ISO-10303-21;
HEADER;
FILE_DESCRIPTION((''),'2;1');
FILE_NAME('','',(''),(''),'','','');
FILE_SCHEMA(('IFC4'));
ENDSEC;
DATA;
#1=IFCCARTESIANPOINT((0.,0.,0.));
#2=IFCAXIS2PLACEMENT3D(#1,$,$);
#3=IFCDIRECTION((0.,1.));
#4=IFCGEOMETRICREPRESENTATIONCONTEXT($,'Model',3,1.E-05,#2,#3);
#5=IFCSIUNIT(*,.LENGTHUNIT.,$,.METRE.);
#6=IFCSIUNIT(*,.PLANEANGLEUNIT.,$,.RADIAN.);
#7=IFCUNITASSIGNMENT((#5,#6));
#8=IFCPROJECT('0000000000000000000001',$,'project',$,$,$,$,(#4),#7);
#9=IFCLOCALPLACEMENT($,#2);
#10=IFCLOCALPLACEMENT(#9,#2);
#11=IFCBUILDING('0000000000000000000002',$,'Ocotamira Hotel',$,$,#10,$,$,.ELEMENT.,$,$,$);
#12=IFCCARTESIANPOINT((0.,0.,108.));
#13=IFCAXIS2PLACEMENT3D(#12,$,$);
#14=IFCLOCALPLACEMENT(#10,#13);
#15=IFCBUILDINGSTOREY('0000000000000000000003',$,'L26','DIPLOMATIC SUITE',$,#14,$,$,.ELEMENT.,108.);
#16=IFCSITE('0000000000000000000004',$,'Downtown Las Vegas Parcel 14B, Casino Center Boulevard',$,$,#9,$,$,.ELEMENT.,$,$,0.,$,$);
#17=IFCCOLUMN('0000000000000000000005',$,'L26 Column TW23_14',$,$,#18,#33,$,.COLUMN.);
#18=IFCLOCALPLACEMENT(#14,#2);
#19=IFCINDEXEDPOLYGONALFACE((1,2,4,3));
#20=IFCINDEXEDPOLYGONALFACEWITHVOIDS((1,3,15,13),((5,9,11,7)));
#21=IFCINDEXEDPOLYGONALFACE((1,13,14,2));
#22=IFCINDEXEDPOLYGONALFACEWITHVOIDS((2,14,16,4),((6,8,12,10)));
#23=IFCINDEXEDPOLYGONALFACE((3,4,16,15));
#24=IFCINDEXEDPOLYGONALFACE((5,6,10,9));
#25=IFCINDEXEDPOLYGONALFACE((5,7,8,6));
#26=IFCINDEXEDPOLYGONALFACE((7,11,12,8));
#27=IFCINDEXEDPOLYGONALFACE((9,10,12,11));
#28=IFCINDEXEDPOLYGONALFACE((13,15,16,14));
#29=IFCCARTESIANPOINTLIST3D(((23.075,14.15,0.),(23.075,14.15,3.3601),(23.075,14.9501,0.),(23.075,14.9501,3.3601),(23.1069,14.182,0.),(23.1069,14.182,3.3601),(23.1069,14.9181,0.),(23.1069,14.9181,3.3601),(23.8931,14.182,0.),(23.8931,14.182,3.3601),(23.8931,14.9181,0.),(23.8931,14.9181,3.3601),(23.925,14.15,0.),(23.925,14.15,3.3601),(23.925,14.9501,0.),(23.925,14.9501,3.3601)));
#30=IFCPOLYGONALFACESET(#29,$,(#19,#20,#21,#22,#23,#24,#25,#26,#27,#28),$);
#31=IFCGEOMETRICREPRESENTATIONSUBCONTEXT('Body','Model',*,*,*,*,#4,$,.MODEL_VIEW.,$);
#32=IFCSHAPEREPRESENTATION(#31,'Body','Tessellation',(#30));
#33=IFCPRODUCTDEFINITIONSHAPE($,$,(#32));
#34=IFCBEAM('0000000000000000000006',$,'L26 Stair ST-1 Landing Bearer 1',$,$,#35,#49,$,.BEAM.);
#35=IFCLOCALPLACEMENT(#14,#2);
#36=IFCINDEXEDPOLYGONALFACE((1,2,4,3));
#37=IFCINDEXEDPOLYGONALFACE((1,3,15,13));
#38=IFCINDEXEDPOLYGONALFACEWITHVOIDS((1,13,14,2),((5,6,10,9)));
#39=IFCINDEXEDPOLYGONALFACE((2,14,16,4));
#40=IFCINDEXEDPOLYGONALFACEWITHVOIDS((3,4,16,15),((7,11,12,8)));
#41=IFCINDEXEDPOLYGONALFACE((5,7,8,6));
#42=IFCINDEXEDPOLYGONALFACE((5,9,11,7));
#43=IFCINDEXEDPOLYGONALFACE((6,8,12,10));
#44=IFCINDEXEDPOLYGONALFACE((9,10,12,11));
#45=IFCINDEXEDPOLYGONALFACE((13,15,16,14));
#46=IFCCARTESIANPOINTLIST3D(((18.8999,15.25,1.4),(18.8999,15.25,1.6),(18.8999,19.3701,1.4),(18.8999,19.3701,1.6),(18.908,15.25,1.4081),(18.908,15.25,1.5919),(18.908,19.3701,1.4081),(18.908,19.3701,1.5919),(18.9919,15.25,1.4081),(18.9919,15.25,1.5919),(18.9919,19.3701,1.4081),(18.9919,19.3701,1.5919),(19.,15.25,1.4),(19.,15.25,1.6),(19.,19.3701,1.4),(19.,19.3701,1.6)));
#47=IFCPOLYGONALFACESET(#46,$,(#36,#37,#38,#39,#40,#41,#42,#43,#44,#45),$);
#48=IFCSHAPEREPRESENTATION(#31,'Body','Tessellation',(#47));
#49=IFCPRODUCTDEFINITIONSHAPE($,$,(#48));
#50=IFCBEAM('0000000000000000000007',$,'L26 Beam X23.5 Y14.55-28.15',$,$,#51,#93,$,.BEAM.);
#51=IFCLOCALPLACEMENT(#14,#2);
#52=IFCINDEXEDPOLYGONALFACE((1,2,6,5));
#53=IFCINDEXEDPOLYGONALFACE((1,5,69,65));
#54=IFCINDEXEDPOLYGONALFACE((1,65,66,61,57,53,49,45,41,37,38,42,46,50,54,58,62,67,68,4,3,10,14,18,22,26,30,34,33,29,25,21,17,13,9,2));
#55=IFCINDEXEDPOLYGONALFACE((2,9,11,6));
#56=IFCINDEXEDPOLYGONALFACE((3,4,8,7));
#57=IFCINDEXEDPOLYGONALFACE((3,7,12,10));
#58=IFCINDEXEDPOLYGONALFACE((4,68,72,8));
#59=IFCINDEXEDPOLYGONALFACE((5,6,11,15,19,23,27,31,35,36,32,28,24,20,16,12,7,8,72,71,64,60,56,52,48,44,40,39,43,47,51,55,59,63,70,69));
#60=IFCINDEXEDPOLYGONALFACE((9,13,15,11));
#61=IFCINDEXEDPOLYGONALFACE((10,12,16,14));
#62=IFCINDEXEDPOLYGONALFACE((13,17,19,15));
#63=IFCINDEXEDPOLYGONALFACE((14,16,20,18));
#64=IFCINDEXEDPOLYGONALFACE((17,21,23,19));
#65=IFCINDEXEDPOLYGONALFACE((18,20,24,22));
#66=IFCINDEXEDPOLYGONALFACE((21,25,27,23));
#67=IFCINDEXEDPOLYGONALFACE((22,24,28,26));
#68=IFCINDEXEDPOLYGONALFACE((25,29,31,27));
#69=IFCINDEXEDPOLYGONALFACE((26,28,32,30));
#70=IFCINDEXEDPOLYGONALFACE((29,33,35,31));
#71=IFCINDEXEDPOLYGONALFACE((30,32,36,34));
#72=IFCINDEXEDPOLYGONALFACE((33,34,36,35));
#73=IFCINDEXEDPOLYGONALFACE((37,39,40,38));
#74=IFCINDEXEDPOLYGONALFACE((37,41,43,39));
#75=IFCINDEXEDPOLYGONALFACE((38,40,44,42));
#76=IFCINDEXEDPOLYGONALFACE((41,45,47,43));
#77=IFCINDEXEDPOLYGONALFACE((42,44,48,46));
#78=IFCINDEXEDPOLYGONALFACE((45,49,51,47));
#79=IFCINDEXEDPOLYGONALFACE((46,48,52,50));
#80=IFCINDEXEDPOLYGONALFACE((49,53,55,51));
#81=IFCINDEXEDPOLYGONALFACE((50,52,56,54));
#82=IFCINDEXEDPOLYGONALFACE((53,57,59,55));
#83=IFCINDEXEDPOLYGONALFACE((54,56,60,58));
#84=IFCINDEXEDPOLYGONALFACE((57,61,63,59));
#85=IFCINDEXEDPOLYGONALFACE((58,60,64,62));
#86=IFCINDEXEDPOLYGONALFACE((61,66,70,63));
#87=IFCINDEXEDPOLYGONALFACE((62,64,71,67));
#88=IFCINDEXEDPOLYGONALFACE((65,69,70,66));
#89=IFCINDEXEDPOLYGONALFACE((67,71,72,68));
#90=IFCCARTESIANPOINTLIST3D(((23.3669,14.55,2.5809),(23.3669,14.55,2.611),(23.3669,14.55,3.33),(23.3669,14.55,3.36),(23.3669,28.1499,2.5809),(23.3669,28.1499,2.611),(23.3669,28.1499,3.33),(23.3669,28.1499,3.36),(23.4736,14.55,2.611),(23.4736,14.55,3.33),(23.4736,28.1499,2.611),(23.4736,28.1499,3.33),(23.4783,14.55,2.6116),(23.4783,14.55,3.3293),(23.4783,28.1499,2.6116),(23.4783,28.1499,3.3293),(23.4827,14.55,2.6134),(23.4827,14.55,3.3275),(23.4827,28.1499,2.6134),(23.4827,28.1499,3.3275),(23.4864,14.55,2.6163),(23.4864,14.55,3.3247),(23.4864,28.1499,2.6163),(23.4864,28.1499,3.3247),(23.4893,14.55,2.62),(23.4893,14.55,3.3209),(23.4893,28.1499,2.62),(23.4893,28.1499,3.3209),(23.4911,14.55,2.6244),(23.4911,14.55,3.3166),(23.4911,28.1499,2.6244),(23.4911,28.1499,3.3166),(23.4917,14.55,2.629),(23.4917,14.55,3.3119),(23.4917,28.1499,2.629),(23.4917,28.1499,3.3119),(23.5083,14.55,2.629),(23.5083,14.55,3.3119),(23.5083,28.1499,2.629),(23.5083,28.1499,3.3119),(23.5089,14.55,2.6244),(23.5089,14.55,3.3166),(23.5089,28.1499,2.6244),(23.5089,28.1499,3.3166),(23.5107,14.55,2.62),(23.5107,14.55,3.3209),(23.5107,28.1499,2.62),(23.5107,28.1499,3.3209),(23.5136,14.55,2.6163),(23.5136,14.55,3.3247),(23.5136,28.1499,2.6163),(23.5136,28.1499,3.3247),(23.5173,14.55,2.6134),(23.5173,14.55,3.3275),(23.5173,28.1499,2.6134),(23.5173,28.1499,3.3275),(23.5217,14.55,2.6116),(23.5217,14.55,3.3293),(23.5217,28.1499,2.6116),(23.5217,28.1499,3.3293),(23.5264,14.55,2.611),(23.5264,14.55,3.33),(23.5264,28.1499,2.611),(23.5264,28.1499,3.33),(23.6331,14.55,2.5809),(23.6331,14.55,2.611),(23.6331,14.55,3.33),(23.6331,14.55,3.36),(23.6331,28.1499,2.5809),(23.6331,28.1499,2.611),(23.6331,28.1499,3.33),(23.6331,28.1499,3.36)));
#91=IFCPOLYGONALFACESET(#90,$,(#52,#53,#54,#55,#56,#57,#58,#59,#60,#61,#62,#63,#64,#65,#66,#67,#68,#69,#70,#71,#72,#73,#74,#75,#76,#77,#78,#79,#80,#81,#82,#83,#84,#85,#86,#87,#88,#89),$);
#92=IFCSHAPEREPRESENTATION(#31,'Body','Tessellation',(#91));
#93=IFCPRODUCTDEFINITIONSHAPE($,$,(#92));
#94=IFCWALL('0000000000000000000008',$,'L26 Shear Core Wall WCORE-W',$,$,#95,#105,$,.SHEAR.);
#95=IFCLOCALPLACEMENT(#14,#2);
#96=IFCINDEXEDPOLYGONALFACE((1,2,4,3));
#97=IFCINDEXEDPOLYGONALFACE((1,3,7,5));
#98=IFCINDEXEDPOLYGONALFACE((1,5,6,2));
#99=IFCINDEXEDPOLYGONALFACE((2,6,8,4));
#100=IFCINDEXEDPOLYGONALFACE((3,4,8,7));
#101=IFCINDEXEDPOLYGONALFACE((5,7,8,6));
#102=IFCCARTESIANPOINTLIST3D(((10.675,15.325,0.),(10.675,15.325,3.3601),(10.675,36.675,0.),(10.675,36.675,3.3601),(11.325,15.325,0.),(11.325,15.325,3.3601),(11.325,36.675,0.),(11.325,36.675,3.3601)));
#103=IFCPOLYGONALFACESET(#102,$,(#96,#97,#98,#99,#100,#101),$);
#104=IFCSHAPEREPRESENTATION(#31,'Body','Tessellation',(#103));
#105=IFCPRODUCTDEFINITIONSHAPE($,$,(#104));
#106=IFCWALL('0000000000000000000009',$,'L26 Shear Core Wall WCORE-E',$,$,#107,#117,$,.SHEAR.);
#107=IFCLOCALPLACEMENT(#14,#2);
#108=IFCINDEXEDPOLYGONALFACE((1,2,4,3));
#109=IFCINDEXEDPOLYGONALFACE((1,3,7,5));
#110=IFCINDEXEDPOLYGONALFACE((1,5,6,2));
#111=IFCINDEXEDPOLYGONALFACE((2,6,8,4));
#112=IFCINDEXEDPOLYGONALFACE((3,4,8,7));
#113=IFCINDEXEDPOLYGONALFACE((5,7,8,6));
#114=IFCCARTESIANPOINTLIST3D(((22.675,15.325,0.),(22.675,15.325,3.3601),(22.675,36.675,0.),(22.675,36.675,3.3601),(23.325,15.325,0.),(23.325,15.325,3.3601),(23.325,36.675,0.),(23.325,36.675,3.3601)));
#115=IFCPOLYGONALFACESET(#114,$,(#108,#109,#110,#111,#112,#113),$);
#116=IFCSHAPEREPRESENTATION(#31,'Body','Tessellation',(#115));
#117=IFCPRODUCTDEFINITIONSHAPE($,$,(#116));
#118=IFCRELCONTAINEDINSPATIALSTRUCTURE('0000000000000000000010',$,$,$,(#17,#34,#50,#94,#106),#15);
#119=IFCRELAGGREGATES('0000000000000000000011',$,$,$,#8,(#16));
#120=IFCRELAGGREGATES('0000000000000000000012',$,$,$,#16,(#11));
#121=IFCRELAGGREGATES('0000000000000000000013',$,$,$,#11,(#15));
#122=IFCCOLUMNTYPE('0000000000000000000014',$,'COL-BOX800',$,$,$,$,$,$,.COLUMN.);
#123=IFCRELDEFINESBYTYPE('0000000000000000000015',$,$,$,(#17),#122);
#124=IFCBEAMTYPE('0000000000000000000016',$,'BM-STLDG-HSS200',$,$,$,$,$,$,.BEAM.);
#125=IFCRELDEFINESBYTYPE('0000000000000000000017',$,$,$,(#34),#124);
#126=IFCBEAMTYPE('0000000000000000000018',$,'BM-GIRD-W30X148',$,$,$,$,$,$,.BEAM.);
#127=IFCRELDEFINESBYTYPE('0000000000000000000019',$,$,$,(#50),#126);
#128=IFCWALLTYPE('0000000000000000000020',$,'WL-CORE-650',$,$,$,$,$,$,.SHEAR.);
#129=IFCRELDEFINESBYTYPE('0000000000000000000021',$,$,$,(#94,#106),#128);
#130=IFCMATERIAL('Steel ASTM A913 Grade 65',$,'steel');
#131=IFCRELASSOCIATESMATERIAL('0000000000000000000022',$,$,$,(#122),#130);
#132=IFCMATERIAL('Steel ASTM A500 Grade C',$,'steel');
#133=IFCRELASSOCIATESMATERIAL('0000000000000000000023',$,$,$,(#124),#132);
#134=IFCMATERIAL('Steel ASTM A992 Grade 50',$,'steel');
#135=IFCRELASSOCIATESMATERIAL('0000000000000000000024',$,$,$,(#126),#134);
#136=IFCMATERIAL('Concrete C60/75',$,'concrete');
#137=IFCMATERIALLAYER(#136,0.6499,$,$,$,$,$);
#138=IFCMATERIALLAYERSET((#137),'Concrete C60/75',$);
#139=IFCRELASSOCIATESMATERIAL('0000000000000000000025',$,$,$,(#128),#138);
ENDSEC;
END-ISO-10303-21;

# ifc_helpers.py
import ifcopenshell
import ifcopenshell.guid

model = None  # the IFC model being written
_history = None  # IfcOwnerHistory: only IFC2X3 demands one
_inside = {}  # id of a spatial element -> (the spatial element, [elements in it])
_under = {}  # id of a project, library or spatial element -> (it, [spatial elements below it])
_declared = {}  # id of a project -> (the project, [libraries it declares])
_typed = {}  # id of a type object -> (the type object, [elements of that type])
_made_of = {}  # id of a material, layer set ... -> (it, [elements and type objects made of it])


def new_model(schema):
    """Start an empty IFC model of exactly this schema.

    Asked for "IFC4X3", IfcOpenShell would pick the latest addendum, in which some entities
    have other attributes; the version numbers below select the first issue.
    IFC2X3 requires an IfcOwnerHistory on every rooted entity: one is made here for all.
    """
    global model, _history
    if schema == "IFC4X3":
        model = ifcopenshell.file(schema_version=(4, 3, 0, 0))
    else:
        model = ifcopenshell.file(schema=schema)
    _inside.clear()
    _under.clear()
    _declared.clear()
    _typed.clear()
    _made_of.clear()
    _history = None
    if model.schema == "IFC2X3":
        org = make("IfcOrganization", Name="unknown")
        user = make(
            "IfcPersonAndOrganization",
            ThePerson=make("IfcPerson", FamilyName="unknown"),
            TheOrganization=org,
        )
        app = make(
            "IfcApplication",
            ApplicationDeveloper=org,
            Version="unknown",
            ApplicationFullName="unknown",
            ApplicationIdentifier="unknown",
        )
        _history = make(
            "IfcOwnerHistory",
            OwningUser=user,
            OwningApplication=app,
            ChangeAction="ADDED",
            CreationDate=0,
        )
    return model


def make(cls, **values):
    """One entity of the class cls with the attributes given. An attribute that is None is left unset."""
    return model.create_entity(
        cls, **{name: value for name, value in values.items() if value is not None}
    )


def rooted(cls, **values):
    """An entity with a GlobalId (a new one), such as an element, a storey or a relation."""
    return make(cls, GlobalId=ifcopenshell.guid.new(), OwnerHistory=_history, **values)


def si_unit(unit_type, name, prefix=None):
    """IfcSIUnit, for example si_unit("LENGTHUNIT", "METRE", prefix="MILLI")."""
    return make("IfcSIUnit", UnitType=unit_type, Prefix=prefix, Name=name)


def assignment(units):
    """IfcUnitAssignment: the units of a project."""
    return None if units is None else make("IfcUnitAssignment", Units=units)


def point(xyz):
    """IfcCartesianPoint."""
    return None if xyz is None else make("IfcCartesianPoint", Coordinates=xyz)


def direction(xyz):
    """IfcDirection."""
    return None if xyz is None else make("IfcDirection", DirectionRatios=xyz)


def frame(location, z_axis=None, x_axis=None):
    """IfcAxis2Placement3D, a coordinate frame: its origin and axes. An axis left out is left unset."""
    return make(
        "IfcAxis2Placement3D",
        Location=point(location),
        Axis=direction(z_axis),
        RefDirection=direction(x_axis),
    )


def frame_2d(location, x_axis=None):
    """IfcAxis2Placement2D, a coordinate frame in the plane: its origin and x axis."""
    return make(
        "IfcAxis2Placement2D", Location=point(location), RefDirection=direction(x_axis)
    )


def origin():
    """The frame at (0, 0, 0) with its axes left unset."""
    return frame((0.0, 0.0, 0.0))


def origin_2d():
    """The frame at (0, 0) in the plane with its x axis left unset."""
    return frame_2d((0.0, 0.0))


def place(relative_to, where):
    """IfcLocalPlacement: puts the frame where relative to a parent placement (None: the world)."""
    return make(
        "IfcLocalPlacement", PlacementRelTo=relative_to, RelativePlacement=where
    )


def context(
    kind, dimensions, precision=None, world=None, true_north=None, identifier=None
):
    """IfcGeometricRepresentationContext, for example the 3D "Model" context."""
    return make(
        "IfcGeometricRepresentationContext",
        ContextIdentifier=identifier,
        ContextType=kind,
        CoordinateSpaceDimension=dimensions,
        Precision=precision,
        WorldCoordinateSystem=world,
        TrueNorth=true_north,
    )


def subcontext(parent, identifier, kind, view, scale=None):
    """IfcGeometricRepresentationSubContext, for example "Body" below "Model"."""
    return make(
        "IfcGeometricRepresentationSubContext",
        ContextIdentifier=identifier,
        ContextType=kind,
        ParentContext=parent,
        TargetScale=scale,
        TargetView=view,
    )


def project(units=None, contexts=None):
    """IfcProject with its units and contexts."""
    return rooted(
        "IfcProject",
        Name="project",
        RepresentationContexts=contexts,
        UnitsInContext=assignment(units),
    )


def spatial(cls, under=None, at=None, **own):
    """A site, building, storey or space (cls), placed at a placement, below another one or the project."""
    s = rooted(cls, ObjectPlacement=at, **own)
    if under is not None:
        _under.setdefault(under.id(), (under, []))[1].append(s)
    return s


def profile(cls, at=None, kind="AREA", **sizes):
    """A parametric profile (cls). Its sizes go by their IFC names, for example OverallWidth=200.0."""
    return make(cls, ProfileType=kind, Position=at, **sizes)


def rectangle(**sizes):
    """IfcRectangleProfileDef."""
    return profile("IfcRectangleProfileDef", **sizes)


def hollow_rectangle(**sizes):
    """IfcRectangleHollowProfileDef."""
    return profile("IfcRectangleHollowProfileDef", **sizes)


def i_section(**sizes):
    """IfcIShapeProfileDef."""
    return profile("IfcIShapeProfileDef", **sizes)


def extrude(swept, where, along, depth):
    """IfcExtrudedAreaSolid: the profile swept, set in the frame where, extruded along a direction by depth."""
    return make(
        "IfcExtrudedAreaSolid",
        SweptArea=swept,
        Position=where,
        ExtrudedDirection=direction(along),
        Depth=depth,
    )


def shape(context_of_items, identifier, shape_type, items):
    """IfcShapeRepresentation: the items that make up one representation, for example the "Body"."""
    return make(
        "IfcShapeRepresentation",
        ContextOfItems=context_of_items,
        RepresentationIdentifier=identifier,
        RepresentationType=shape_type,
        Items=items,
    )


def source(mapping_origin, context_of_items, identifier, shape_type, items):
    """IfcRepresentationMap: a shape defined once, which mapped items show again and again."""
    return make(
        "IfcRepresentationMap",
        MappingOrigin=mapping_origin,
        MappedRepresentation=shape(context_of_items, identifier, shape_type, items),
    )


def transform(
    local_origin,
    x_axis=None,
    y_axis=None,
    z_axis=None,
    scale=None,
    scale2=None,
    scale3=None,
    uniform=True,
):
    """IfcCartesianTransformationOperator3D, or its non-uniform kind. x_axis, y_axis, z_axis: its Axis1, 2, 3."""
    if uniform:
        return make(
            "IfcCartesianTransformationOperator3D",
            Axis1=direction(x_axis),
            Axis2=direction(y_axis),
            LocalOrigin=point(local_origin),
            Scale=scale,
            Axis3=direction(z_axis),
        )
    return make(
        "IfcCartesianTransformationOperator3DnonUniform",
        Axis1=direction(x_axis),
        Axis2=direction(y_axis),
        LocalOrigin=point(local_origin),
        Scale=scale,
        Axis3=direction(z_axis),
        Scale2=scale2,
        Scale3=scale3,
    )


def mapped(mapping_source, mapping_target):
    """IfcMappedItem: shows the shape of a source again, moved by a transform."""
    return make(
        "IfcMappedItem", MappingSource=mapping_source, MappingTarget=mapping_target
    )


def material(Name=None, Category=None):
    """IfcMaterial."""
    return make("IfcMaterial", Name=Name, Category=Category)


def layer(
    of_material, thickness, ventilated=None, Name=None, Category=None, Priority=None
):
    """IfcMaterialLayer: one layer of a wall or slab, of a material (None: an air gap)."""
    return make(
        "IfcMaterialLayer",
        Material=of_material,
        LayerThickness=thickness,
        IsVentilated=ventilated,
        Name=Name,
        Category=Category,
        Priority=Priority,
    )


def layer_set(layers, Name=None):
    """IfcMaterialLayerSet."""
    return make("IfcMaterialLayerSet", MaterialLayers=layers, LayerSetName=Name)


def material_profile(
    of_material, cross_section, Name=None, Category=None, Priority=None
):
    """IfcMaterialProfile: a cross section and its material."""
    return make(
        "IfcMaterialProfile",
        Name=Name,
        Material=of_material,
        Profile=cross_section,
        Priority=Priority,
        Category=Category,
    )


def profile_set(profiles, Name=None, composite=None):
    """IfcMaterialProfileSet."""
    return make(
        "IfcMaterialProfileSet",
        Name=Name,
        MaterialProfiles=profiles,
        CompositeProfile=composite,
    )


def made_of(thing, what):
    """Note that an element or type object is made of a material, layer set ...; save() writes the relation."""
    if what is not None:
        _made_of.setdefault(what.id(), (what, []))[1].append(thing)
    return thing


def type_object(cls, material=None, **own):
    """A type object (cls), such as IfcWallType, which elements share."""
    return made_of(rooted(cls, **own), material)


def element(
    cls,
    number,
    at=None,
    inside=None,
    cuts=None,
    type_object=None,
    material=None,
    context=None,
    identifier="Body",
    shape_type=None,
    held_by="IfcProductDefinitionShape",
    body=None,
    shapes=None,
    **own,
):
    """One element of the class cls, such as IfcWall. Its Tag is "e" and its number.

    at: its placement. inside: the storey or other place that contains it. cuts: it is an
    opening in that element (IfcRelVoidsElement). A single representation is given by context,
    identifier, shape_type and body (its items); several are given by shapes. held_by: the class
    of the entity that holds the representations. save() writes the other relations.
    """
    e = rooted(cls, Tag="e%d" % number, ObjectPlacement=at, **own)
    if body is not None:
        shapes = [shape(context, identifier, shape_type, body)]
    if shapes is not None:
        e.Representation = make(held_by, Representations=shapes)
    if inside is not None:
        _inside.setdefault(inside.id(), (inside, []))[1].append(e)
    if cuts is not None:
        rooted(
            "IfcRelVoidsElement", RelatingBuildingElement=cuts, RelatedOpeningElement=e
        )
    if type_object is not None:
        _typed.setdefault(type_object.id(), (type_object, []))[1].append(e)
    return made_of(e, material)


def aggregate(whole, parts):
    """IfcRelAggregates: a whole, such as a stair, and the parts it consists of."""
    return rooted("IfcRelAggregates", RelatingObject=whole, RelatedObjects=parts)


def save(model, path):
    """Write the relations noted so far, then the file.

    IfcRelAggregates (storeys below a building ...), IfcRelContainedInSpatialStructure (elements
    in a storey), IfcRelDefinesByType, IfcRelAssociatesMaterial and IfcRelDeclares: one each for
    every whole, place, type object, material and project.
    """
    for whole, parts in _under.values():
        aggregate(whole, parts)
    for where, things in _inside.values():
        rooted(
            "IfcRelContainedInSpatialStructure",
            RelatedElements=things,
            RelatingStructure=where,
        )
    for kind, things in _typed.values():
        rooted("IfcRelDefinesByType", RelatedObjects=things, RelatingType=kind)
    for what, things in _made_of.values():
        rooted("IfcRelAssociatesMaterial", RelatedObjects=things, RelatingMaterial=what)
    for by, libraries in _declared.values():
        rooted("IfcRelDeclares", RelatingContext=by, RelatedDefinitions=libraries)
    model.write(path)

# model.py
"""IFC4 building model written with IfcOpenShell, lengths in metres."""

from ifc_helpers import new_model, si_unit, direction, frame, frame_2d, origin, origin_2d, place, context, subcontext, project, spatial, rectangle, hollow_rectangle, i_section, extrude, source, transform, mapped, material, layer, layer_set, material_profile, profile_set, type_object, element, save


model = new_model("IFC4")

# Units and contexts
model_context = context("Model", 3, precision=1e-05, world=origin(), true_north=direction((0.0, 1.0)))
body_context = subcontext(model_context, "Body", "Model", "MODEL_VIEW")
ifc_project = project(units=[si_unit("LENGTHUNIT", "METRE"), si_unit("PLANEANGLEUNIT", "RADIAN")], contexts=[model_context])

# Site, building, storey
site_placement = place(None, origin())
site = spatial("IfcSite", under=ifc_project, at=site_placement, Name="Downtown Las Vegas Parcel 14B, Casino Center Boulevard", CompositionType="ELEMENT", RefElevation=0.0)
building_placement = place(site_placement, origin())
building = spatial("IfcBuilding", under=site, at=building_placement, Name="Ocotamira Hotel", CompositionType="ELEMENT")
storey_placement = place(building_placement, frame((0.0, 0.0, 108.0)))
storey = spatial("IfcBuildingStorey", under=building, at=storey_placement, Name="L26", Description="DIPLOMATIC SUITE", CompositionType="ELEMENT", Elevation=108.0)

# Column
ifc_material_1 = material(Name="Steel ASTM A913 Grade 65", Category="steel")
ifc_material_profile_1 = material_profile(ifc_material_1, hollow_rectangle(XDim=0.8501, YDim=0.8, WallThickness=0.032, at=origin_2d()), Name="BOX800X850X32")
ifc_profile_set_1 = profile_set([ifc_material_profile_1], Name="Steel ASTM A913 Grade 65")
column_type = type_object("IfcColumnType", Name="COL-BOX800", PredefinedType="COLUMN", material=ifc_profile_set_1)
shared_shape_1 = source(origin(), body_context, "Body", "SweptSolid", [
    extrude(hollow_rectangle(XDim=0.8501, YDim=0.8, WallThickness=0.032, at=origin_2d()), origin(), (0.0, 0.0, 1.0), 3.3601),
])
column_placement = place(storey_placement, frame((23.5, 14.55, 0.0), z_axis=(0.0, 0.0, 1.0), x_axis=(1.0, 0.0, 0.0)))
element("IfcColumn", 1, at=column_placement, inside=storey, type_object=column_type, Name="L26 Column TW23_14", PredefinedType="COLUMN", context=body_context, shape_type="MappedRepresentation", body=[
    mapped(shared_shape_1, transform((0.0, 0.0, 0.0), scale=1.0)),
])

# Beams
ifc_material_2 = material(Name="Steel ASTM A500 Grade C", Category="steel")
ifc_material_profile_2 = material_profile(ifc_material_2, hollow_rectangle(XDim=0.1001, YDim=0.2, WallThickness=0.0081, at=origin_2d()), Name="HSS200X100X8")
ifc_profile_set_2 = profile_set([ifc_material_profile_2], Name="Steel ASTM A500 Grade C")
beam_type_1 = type_object("IfcBeamType", Name="BM-STLDG-HSS200", PredefinedType="BEAM", material=ifc_profile_set_2)
shared_shape_2 = source(origin(), body_context, "Body", "SweptSolid", [
    extrude(hollow_rectangle(XDim=0.1001, YDim=0.2, WallThickness=0.0081, at=origin_2d()), origin(), (0.0, 0.0, 1.0), 4.1201),
])
beam_1_placement = place(storey_placement, frame((18.95, 15.25, 1.5), z_axis=(0.0, 1.0, 0.0), x_axis=(-1.0, 0.0, 0.0)))
element("IfcBeam", 2, at=beam_1_placement, inside=storey, type_object=beam_type_1, Name="L26 Stair ST-1 Landing Bearer 1", PredefinedType="BEAM", context=body_context, shape_type="MappedRepresentation", body=[
    mapped(shared_shape_2, transform((0.0, 0.0, 0.0), scale=1.0)),
])
ifc_material_3 = material(Name="Steel ASTM A992 Grade 50", Category="steel")
ifc_material_profile_3 = material_profile(ifc_material_3, i_section(OverallWidth=0.2661, OverallDepth=0.7791, WebThickness=0.0166, FlangeThickness=0.03, FilletRadius=0.0181, at=origin_2d()), Name="W30X148")
ifc_profile_set_3 = profile_set([ifc_material_profile_3], Name="Steel ASTM A992 Grade 50")
beam_type_2 = type_object("IfcBeamType", Name="BM-GIRD-W30X148", PredefinedType="BEAM", material=ifc_profile_set_3)
shared_shape_3 = source(origin(), body_context, "Body", "SweptSolid", [
    extrude(i_section(OverallWidth=0.2661, OverallDepth=0.7791, WebThickness=0.0166, FlangeThickness=0.03, FilletRadius=0.0181, at=origin_2d()), origin(), (0.0, 0.0, 1.0), 13.5999),
])
beam_2_placement = place(storey_placement, frame((23.5, 14.55, 2.9705), z_axis=(0.0, 1.0, 0.0), x_axis=(-1.0, 0.0, 0.0)))
element("IfcBeam", 3, at=beam_2_placement, inside=storey, type_object=beam_type_2, Name="L26 Beam X23.5 Y14.55-28.15", PredefinedType="BEAM", context=body_context, shape_type="MappedRepresentation", body=[
    mapped(shared_shape_3, transform((0.0, 0.0, 0.0), scale=1.0)),
])

# Walls
ifc_material_4 = material(Name="Concrete C60/75", Category="concrete")
ifc_layer_1 = layer(ifc_material_4, 0.6499)
ifc_layer_set_1 = layer_set([ifc_layer_1], Name="Concrete C60/75")
wall_type_1 = type_object("IfcWallType", Name="WL-CORE-650", PredefinedType="SHEAR", material=ifc_layer_set_1)
for number, where, z_axis, x_axis, name in (
    (4, (11.0, 15.325, 0.0), (0.0, 0.0, 1.0), (0.0, 1.0, 0.0), "L26 Shear Core Wall WCORE-W"),
    (5, (23.0, 15.325, 0.0), (0.0, 0.0, 1.0), (0.0, 1.0, 0.0), "L26 Shear Core Wall WCORE-E"),
):
    element("IfcWall", number, at=place(storey_placement, frame(where, z_axis=z_axis, x_axis=x_axis)), inside=storey, type_object=wall_type_1, Name=name, PredefinedType="SHEAR", context=body_context, shape_type="SweptSolid", body=[
        extrude(rectangle(XDim=21.3501, YDim=0.6499, at=frame_2d((10.675, 0.0))), origin(), (0.0, 0.0, 1.0), 3.3601),
    ])

save(model, "model.ifc")
